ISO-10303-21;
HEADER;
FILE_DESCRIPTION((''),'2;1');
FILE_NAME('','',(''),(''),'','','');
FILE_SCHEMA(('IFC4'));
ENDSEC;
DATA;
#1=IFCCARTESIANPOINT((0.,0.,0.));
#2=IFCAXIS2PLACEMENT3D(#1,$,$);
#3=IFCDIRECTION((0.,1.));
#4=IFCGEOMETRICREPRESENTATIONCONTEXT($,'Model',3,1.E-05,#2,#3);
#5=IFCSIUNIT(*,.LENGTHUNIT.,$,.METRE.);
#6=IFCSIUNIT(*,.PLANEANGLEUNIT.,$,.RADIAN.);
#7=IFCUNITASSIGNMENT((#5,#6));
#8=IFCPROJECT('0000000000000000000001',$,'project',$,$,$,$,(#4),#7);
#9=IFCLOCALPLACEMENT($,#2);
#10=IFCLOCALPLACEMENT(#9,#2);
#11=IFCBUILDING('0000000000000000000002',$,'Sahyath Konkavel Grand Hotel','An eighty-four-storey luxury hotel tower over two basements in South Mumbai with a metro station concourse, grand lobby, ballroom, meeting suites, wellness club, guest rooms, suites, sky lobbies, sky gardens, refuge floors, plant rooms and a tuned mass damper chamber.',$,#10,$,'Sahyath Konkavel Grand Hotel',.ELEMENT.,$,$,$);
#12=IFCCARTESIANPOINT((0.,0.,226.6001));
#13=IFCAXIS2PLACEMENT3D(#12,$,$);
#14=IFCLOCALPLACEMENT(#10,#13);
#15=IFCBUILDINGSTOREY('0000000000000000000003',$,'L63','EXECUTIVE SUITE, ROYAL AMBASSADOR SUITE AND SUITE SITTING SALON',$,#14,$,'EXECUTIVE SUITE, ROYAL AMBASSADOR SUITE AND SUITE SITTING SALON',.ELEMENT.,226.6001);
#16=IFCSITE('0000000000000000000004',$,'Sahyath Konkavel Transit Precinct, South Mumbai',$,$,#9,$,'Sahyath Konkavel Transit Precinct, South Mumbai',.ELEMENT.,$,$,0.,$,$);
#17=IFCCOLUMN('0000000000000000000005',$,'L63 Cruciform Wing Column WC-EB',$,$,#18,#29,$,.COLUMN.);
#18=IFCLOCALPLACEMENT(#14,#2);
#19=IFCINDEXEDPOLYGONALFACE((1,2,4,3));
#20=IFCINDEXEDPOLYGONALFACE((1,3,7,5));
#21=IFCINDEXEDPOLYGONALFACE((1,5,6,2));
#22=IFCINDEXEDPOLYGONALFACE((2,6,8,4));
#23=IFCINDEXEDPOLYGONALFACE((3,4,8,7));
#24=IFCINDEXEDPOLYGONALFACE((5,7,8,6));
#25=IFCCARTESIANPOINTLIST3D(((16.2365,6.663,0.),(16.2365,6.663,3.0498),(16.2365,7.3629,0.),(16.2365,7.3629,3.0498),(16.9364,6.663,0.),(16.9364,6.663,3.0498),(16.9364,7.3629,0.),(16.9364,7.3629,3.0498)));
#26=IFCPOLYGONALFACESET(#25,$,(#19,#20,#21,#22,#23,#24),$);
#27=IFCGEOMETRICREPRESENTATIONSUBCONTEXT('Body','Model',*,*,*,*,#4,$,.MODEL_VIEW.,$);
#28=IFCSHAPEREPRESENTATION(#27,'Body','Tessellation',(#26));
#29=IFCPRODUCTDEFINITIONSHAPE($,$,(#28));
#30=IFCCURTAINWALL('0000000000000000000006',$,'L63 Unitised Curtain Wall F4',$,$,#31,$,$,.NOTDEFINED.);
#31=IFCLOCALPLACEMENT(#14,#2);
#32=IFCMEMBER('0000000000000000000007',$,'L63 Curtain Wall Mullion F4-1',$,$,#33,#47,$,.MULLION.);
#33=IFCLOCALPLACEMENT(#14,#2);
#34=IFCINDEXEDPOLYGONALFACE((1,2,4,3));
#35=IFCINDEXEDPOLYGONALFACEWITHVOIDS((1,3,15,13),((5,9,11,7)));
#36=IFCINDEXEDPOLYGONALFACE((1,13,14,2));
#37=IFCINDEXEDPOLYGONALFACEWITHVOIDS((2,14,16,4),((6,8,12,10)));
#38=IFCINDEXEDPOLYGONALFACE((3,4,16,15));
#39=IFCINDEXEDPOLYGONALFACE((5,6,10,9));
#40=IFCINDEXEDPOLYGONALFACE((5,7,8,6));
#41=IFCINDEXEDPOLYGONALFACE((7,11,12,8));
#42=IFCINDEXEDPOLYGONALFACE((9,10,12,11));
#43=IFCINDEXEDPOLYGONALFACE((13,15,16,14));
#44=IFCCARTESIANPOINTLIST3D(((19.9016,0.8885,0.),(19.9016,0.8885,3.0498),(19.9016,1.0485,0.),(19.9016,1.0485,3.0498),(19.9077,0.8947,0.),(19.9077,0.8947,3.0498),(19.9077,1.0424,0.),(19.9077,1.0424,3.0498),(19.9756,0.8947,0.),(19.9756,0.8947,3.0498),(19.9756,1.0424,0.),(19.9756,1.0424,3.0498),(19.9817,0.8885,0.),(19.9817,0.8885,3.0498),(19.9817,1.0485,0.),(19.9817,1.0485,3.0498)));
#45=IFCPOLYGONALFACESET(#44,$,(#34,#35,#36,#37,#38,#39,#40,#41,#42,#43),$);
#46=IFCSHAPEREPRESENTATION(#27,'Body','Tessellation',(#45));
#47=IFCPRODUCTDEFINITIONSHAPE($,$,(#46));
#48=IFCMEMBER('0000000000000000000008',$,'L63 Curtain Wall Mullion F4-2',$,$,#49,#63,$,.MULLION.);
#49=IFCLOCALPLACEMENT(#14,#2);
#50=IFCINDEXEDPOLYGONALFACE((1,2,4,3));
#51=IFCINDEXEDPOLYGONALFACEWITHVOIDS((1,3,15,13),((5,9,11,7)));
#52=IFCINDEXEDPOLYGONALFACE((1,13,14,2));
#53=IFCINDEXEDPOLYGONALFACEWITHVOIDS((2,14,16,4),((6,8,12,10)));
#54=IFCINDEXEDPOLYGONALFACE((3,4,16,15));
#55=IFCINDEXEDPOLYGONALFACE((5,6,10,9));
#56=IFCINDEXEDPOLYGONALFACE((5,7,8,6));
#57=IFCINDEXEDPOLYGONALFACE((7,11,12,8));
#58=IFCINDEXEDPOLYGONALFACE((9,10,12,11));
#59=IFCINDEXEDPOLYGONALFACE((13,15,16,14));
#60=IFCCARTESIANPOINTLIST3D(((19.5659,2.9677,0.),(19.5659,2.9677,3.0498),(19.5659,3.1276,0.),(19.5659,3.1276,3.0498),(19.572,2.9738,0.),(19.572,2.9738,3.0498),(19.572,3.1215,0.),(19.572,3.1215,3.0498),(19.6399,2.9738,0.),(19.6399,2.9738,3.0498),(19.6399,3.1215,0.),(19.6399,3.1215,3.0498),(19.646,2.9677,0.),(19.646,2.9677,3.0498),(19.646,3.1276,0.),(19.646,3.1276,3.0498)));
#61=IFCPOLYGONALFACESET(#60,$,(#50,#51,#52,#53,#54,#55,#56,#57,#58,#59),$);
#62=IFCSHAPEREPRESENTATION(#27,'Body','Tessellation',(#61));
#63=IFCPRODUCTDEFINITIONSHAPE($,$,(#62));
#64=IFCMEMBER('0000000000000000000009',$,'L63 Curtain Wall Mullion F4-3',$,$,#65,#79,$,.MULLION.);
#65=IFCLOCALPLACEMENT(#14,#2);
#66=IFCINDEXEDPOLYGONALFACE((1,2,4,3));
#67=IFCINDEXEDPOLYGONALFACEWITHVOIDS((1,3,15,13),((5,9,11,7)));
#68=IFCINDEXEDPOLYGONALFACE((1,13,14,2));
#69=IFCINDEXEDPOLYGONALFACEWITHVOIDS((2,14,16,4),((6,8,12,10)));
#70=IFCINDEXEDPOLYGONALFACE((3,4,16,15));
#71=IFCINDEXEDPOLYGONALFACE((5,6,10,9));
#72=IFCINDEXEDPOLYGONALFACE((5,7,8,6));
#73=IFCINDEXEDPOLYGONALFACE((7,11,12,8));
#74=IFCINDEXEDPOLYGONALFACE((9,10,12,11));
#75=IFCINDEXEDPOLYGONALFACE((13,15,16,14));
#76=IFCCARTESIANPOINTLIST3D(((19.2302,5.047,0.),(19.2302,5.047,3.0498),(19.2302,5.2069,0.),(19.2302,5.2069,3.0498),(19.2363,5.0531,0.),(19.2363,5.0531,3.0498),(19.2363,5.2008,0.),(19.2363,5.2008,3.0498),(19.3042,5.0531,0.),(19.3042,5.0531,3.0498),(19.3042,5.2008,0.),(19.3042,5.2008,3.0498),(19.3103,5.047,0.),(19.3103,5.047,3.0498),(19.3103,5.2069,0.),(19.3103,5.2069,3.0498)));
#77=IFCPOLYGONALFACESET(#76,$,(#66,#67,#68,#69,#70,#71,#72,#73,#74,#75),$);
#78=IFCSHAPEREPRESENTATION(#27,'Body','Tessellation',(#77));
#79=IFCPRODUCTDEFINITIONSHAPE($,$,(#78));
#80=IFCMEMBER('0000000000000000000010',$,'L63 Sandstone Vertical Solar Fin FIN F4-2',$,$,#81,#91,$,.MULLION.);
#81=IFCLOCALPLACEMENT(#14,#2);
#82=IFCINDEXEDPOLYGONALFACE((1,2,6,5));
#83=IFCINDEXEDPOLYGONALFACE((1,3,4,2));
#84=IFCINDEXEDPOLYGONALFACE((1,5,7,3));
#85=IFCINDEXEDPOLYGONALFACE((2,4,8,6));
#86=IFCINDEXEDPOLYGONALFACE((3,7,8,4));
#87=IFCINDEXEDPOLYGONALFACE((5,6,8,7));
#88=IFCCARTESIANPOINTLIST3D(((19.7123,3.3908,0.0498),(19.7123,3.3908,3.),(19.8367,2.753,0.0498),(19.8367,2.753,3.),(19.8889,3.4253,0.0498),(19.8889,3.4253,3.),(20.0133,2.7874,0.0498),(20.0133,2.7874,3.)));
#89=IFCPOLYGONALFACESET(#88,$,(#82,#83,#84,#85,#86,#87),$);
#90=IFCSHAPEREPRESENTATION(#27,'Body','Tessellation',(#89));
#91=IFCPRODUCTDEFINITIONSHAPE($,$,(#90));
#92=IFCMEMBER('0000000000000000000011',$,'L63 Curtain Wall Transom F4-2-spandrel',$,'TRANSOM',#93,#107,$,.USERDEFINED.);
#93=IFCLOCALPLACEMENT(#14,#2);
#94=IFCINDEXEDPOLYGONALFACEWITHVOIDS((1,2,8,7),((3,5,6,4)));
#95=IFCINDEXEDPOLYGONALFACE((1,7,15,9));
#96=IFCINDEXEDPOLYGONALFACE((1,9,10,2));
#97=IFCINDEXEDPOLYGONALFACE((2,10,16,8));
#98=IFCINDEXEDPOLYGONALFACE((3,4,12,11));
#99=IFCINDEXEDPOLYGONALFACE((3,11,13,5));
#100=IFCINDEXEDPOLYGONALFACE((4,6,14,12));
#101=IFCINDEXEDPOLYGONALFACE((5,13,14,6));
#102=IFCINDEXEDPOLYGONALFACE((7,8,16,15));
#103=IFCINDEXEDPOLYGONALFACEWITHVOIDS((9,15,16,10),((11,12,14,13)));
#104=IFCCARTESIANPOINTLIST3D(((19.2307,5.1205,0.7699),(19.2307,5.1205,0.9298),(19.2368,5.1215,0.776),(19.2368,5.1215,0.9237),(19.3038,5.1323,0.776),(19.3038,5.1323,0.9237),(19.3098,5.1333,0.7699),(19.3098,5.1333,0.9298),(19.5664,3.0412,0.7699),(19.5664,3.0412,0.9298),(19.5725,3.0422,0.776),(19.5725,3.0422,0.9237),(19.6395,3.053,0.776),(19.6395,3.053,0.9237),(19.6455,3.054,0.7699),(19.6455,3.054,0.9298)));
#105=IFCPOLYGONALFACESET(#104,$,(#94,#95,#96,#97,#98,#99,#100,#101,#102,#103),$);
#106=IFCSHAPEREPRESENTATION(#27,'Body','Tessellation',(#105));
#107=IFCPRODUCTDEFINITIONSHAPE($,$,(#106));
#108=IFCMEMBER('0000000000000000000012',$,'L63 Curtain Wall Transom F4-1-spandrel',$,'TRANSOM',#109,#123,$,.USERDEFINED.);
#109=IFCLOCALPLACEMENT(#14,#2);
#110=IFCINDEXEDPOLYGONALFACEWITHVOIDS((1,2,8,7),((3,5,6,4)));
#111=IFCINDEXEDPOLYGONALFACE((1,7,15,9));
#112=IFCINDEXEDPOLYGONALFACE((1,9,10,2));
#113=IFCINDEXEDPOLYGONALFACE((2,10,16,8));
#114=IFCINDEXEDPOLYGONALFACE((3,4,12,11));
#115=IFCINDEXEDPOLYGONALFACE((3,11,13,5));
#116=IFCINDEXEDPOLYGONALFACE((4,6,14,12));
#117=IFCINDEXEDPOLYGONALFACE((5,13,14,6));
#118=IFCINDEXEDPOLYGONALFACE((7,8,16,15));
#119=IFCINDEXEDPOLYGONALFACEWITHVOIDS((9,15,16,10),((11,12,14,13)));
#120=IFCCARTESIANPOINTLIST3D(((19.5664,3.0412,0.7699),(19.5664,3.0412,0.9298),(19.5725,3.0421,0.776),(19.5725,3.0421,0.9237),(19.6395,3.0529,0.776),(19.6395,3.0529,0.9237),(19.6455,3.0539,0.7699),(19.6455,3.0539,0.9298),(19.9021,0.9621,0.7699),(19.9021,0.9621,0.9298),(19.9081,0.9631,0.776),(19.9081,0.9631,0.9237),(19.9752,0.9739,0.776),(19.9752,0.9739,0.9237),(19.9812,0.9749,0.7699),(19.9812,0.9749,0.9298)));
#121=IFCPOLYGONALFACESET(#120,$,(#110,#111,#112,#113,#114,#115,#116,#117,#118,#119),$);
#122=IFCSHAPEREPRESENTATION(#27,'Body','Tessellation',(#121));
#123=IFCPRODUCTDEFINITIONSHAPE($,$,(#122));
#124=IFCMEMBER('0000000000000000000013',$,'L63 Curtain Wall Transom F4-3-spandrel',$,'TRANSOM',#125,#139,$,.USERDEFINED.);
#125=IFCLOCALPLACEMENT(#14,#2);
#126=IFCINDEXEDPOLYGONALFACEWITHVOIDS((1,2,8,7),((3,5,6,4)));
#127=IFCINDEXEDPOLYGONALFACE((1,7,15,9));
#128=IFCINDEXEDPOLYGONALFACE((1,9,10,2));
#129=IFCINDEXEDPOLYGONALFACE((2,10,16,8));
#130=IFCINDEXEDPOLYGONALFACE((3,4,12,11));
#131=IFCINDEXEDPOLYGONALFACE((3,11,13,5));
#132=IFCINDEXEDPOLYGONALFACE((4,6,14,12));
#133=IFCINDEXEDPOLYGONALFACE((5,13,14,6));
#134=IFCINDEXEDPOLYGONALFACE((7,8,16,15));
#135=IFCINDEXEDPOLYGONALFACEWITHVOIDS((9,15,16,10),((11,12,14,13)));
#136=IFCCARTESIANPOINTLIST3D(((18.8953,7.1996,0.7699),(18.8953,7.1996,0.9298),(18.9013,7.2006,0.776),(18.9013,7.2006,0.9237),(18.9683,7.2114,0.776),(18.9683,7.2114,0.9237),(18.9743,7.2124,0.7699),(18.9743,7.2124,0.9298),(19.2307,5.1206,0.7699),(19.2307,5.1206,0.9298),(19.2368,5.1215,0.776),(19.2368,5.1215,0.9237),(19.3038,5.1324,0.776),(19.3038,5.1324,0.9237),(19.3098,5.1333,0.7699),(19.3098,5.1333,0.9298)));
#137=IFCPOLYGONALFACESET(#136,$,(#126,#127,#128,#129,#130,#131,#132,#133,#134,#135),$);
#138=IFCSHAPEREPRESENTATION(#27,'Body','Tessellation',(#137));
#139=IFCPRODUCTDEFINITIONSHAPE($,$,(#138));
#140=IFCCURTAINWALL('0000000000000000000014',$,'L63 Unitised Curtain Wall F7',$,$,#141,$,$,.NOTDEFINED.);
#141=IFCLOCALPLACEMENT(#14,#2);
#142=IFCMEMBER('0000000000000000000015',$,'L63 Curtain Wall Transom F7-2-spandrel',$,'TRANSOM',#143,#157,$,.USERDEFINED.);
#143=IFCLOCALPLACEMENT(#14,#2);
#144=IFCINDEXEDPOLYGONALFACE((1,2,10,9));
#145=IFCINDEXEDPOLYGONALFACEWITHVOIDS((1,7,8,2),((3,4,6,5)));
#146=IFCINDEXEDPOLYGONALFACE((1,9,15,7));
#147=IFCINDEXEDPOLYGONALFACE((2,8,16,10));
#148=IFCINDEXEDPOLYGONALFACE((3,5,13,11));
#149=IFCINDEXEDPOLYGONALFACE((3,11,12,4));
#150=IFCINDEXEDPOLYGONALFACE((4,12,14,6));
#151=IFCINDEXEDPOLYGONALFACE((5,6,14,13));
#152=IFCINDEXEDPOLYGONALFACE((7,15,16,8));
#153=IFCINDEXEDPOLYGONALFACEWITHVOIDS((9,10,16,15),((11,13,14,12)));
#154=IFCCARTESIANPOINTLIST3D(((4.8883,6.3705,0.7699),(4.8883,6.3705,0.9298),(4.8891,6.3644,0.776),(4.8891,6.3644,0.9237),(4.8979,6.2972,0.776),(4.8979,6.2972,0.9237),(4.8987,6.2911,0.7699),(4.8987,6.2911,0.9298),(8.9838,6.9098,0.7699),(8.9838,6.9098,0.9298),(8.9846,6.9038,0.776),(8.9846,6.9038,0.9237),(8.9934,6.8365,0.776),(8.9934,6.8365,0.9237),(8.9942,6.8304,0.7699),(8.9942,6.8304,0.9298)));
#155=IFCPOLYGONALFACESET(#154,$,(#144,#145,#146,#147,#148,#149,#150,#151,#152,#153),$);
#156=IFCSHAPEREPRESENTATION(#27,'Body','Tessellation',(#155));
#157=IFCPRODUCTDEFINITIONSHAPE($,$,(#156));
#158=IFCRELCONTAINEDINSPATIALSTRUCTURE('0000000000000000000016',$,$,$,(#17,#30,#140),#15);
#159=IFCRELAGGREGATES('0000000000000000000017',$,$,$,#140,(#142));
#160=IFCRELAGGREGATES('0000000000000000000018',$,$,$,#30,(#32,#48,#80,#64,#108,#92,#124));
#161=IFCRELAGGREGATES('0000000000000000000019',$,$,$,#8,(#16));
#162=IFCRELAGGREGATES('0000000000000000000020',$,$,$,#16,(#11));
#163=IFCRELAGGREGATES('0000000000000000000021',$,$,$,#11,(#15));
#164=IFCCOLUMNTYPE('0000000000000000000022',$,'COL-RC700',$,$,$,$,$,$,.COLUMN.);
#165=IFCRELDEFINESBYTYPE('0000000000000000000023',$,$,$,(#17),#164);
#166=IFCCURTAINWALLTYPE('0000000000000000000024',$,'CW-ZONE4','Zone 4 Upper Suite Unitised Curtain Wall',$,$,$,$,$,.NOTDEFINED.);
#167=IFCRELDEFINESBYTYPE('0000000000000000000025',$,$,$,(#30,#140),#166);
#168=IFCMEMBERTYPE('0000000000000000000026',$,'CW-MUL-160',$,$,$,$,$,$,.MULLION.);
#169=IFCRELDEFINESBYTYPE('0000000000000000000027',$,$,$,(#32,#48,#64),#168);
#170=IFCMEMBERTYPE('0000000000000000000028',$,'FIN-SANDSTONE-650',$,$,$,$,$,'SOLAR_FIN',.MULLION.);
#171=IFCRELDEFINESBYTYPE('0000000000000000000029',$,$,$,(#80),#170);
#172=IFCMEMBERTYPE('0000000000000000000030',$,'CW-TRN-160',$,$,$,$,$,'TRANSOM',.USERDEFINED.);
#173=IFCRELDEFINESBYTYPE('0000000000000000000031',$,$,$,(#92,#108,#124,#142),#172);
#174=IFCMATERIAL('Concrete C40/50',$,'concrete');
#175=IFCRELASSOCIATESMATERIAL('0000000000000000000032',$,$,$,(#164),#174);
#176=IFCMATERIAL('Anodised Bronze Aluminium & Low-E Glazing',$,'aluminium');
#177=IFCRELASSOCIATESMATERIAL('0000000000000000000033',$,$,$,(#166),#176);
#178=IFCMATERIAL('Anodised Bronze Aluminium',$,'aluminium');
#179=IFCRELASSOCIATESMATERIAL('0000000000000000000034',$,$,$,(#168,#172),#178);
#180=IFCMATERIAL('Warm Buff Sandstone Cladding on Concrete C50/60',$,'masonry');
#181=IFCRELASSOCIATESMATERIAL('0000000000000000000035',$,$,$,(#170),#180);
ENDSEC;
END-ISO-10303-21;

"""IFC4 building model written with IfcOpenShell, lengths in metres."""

from ifc_helpers import new_model, si_unit, direction, frame, origin, origin_2d, place, context, subcontext, project, spatial, rectangle, hollow_rectangle, extrude, source, transform, mapped, material, material_profile, profile_set, type_object, element, aggregate, save


model = new_model("IFC4")

# Units and contexts
model_context = context("Model", 3, precision=1e-05, world=origin(), true_north=direction((0.0, 1.0)))
body_context = subcontext(model_context, "Body", "Model", "MODEL_VIEW")
ifc_project = project(units=[si_unit("LENGTHUNIT", "METRE"), si_unit("PLANEANGLEUNIT", "RADIAN")], contexts=[model_context])

# Site, building, storey
site_placement = place(None, origin())
site = spatial("IfcSite", under=ifc_project, at=site_placement, Name="Sahyath Konkavel Transit Precinct, South Mumbai", LongName="Sahyath Konkavel Transit Precinct, South Mumbai", CompositionType="ELEMENT", RefElevation=0.0)
building_placement = place(site_placement, origin())
building = spatial("IfcBuilding", under=site, at=building_placement, Name="Sahyath Konkavel Grand Hotel", Description="An eighty-four-storey luxury hotel tower over two basements in South Mumbai with a metro station concourse, grand lobby, ballroom, meeting suites, wellness club, guest rooms, suites, sky lobbies, sky gardens, refuge floors, plant rooms and a tuned mass damper chamber.", LongName="Sahyath Konkavel Grand Hotel", CompositionType="ELEMENT")
storey_placement = place(building_placement, frame((0.0, 0.0, 226.6001)))
storey = spatial("IfcBuildingStorey", under=building, at=storey_placement, Name="L63", Description="EXECUTIVE SUITE, ROYAL AMBASSADOR SUITE AND SUITE SITTING SALON", LongName="EXECUTIVE SUITE, ROYAL AMBASSADOR SUITE AND SUITE SITTING SALON", CompositionType="ELEMENT", Elevation=226.6001)

# Column
ifc_material_1 = material(Name="Concrete C40/50", Category="concrete")
ifc_material_profile_1 = material_profile(ifc_material_1, rectangle(XDim=0.7, YDim=0.7, at=origin_2d()), Name="RC 700x700")
ifc_profile_set_1 = profile_set([ifc_material_profile_1], Name="Concrete C40/50")
column_type = type_object("IfcColumnType", Name="COL-RC700", PredefinedType="COLUMN", material=ifc_profile_set_1)
shared_shape_1 = source(origin(), body_context, "Body", "SweptSolid", [
    extrude(rectangle(XDim=0.7, YDim=0.7, at=origin_2d()), origin(), (0.0, 0.0, 1.0), 3.0498),
])
column_placement = place(storey_placement, frame((16.5864, 7.0129, 0.0), z_axis=(0.0, 0.0, 1.0), x_axis=(1.0, 0.0, 0.0)))
element("IfcColumn", 1, at=column_placement, inside=storey, type_object=column_type, Name="L63 Cruciform Wing Column WC-EB", PredefinedType="COLUMN", context=body_context, shape_type="MappedRepresentation", body=[
    mapped(shared_shape_1, transform((0.0, 0.0, 0.0), scale=1.0)),
])

# Curtain wall, members
ifc_material_2 = material(Name="Anodised Bronze Aluminium & Low-E Glazing", Category="aluminium")
curtain_wall_type = type_object("IfcCurtainWallType", Name="CW-ZONE4", Description="Zone 4 Upper Suite Unitised Curtain Wall", PredefinedType="NOTDEFINED", material=ifc_material_2)
curtain_wall_1_placement = place(storey_placement, origin())
curtain_wall_1 = element("IfcCurtainWall", 2, at=curtain_wall_1_placement, inside=storey, type_object=curtain_wall_type, Name="L63 Unitised Curtain Wall F4", PredefinedType="NOTDEFINED")
ifc_material_3 = material(Name="Anodised Bronze Aluminium", Category="aluminium")
ifc_material_profile_2 = material_profile(ifc_material_3, hollow_rectangle(XDim=0.0801, YDim=0.1599, WallThickness=0.0061, at=origin_2d()), Name="RHS 160x80x6")
ifc_profile_set_2 = profile_set([ifc_material_profile_2], Name="Anodised Bronze Aluminium")
member_type_1 = type_object("IfcMemberType", Name="CW-MUL-160", PredefinedType="MULLION", material=ifc_profile_set_2)
shared_shape_2 = source(origin(), body_context, "Body", "SweptSolid", [
    extrude(hollow_rectangle(XDim=0.0801, YDim=0.1599, WallThickness=0.0061, at=origin_2d()), origin(), (0.0, 0.0, 1.0), 3.0498),
])
member_1_placement = place(storey_placement, frame((19.9417, 0.9685, 0.0), z_axis=(0.0, 0.0, 1.0), x_axis=(1.0, 0.0, 0.0)))
member_1 = element("IfcMember", 3, at=member_1_placement, type_object=member_type_1, Name="L63 Curtain Wall Mullion F4-1", PredefinedType="MULLION", context=body_context, shape_type="MappedRepresentation", body=[
    mapped(shared_shape_2, transform((0.0, 0.0, 0.0), scale=1.0)),
])
member_2_placement = place(storey_placement, frame((19.606, 3.0476, 0.0), z_axis=(0.0, 0.0, 1.0), x_axis=(1.0, 0.0, 0.0)))
member_2 = element("IfcMember", 4, at=member_2_placement, type_object=member_type_1, Name="L63 Curtain Wall Mullion F4-2", PredefinedType="MULLION", context=body_context, shape_type="MappedRepresentation", body=[
    mapped(shared_shape_2, transform((0.0, 0.0, 0.0), scale=1.0)),
])
member_3_placement = place(storey_placement, frame((19.2703, 5.127, 0.0), z_axis=(0.0, 0.0, 1.0), x_axis=(1.0, 0.0, 0.0)))
member_3 = element("IfcMember", 5, at=member_3_placement, type_object=member_type_1, Name="L63 Curtain Wall Mullion F4-3", PredefinedType="MULLION", context=body_context, shape_type="MappedRepresentation", body=[
    mapped(shared_shape_2, transform((0.0, 0.0, 0.0), scale=1.0)),
])
ifc_material_4 = material(Name="Warm Buff Sandstone Cladding on Concrete C50/60", Category="masonry")
ifc_material_profile_3 = material_profile(ifc_material_4, rectangle(XDim=0.1799, YDim=0.6499, at=origin_2d()), Name="FIN 180x650")
ifc_profile_set_3 = profile_set([ifc_material_profile_3], Name="Warm Buff Sandstone Cladding on Concrete C50/60")
member_type_2 = type_object("IfcMemberType", Name="FIN-SANDSTONE-650", ElementType="SOLAR_FIN", PredefinedType="MULLION", material=ifc_profile_set_3)
shared_shape_3 = source(origin(), body_context, "Body", "SweptSolid", [
    extrude(rectangle(XDim=0.1799, YDim=0.6499, at=origin_2d()), origin(), (0.0, 0.0, 1.0), 2.9502),
])
member_4_placement = place(storey_placement, frame((19.8628, 3.0891, 0.0498), z_axis=(0.0, 0.0, 1.0), x_axis=(0.981527, 0.191323, 0.0)))
member_4 = element("IfcMember", 6, at=member_4_placement, type_object=member_type_2, Name="L63 Sandstone Vertical Solar Fin FIN F4-2", PredefinedType="MULLION", context=body_context, shape_type="MappedRepresentation", body=[
    mapped(shared_shape_3, transform((0.0, 0.0, 0.0), scale=1.0)),
])
ifc_material_profile_4 = material_profile(ifc_material_3, hollow_rectangle(XDim=0.0801, YDim=0.1599, WallThickness=0.0061, at=origin_2d()), Name="RHS 160x80x6")
ifc_profile_set_4 = profile_set([ifc_material_profile_4], Name="Anodised Bronze Aluminium")
member_type_3 = type_object("IfcMemberType", Name="CW-TRN-160", ElementType="TRANSOM", PredefinedType="USERDEFINED", material=ifc_profile_set_4)
shared_shape_4 = source(origin(), body_context, "Body", "SweptSolid", [
    extrude(hollow_rectangle(XDim=0.0801, YDim=0.1599, WallThickness=0.0061, at=origin_2d()), origin(), (0.0, 0.0, 1.0), 2.1062),
])
member_5_placement = place(storey_placement, frame((19.606, 3.0476, 0.8499), z_axis=(-0.159378, 0.987218, 0.0), x_axis=(-0.987218, -0.159378, 0.0)))
member_5 = element("IfcMember", 7, at=member_5_placement, type_object=member_type_3, Name="L63 Curtain Wall Transom F4-2-spandrel", ObjectType="TRANSOM", PredefinedType="USERDEFINED", context=body_context, shape_type="MappedRepresentation", body=[
    mapped(shared_shape_4, transform((0.0, 0.0, 0.0), scale=1.0)),
])
shared_shape_5 = source(origin(), body_context, "Body", "SweptSolid", [
    extrude(hollow_rectangle(XDim=0.0801, YDim=0.1599, WallThickness=0.0061, at=origin_2d()), origin(), (0.0, 0.0, 1.0), 2.106),
])
member_6_placement = place(storey_placement, frame((19.9417, 0.9685, 0.8499), z_axis=(-0.159396, 0.987215, 0.0), x_axis=(-0.987215, -0.159396, 0.0)))
member_6 = element("IfcMember", 8, at=member_6_placement, type_object=member_type_3, Name="L63 Curtain Wall Transom F4-1-spandrel", ObjectType="TRANSOM", PredefinedType="USERDEFINED", context=body_context, shape_type="MappedRepresentation", body=[
    mapped(shared_shape_5, transform((0.0, 0.0, 0.0), scale=1.0)),
])
member_7_placement = place(storey_placement, frame((19.2703, 5.127, 0.8499), z_axis=(-0.159283, 0.987233, 0.0), x_axis=(-0.987233, -0.159283, 0.0)))
member_7 = element("IfcMember", 9, at=member_7_placement, type_object=member_type_3, Name="L63 Curtain Wall Transom F4-3-spandrel", ObjectType="TRANSOM", PredefinedType="USERDEFINED", context=body_context, shape_type="MappedRepresentation", body=[
    mapped(shared_shape_5, transform((0.0, 0.0, 0.0), scale=1.0)),
])

# Curtain wall, member
curtain_wall_2_placement = place(storey_placement, origin())
curtain_wall_2 = element("IfcCurtainWall", 10, at=curtain_wall_2_placement, inside=storey, type_object=curtain_wall_type, Name="L63 Unitised Curtain Wall F7", PredefinedType="NOTDEFINED")
shared_shape_6 = source(origin(), body_context, "Body", "SweptSolid", [
    extrude(hollow_rectangle(XDim=0.0801, YDim=0.1599, WallThickness=0.0061, at=origin_2d()), origin(), (0.0, 0.0, 1.0), 4.1309),
])
member_8_placement = place(storey_placement, frame((8.989, 6.8701, 0.8499), z_axis=(-0.991441, -0.130557, 0.0), x_axis=(0.130557, -0.991441, 0.0)))
member_8 = element("IfcMember", 11, at=member_8_placement, type_object=member_type_3, Name="L63 Curtain Wall Transom F7-2-spandrel", ObjectType="TRANSOM", PredefinedType="USERDEFINED", context=body_context, shape_type="MappedRepresentation", body=[
    mapped(shared_shape_6, transform((0.0, 0.0, 0.0), scale=1.0)),
])
aggregate(curtain_wall_2, [member_8])

aggregate(curtain_wall_1, [member_1, member_2, member_4, member_3, member_6, member_5, member_7])

save(model, "model.ifc")
